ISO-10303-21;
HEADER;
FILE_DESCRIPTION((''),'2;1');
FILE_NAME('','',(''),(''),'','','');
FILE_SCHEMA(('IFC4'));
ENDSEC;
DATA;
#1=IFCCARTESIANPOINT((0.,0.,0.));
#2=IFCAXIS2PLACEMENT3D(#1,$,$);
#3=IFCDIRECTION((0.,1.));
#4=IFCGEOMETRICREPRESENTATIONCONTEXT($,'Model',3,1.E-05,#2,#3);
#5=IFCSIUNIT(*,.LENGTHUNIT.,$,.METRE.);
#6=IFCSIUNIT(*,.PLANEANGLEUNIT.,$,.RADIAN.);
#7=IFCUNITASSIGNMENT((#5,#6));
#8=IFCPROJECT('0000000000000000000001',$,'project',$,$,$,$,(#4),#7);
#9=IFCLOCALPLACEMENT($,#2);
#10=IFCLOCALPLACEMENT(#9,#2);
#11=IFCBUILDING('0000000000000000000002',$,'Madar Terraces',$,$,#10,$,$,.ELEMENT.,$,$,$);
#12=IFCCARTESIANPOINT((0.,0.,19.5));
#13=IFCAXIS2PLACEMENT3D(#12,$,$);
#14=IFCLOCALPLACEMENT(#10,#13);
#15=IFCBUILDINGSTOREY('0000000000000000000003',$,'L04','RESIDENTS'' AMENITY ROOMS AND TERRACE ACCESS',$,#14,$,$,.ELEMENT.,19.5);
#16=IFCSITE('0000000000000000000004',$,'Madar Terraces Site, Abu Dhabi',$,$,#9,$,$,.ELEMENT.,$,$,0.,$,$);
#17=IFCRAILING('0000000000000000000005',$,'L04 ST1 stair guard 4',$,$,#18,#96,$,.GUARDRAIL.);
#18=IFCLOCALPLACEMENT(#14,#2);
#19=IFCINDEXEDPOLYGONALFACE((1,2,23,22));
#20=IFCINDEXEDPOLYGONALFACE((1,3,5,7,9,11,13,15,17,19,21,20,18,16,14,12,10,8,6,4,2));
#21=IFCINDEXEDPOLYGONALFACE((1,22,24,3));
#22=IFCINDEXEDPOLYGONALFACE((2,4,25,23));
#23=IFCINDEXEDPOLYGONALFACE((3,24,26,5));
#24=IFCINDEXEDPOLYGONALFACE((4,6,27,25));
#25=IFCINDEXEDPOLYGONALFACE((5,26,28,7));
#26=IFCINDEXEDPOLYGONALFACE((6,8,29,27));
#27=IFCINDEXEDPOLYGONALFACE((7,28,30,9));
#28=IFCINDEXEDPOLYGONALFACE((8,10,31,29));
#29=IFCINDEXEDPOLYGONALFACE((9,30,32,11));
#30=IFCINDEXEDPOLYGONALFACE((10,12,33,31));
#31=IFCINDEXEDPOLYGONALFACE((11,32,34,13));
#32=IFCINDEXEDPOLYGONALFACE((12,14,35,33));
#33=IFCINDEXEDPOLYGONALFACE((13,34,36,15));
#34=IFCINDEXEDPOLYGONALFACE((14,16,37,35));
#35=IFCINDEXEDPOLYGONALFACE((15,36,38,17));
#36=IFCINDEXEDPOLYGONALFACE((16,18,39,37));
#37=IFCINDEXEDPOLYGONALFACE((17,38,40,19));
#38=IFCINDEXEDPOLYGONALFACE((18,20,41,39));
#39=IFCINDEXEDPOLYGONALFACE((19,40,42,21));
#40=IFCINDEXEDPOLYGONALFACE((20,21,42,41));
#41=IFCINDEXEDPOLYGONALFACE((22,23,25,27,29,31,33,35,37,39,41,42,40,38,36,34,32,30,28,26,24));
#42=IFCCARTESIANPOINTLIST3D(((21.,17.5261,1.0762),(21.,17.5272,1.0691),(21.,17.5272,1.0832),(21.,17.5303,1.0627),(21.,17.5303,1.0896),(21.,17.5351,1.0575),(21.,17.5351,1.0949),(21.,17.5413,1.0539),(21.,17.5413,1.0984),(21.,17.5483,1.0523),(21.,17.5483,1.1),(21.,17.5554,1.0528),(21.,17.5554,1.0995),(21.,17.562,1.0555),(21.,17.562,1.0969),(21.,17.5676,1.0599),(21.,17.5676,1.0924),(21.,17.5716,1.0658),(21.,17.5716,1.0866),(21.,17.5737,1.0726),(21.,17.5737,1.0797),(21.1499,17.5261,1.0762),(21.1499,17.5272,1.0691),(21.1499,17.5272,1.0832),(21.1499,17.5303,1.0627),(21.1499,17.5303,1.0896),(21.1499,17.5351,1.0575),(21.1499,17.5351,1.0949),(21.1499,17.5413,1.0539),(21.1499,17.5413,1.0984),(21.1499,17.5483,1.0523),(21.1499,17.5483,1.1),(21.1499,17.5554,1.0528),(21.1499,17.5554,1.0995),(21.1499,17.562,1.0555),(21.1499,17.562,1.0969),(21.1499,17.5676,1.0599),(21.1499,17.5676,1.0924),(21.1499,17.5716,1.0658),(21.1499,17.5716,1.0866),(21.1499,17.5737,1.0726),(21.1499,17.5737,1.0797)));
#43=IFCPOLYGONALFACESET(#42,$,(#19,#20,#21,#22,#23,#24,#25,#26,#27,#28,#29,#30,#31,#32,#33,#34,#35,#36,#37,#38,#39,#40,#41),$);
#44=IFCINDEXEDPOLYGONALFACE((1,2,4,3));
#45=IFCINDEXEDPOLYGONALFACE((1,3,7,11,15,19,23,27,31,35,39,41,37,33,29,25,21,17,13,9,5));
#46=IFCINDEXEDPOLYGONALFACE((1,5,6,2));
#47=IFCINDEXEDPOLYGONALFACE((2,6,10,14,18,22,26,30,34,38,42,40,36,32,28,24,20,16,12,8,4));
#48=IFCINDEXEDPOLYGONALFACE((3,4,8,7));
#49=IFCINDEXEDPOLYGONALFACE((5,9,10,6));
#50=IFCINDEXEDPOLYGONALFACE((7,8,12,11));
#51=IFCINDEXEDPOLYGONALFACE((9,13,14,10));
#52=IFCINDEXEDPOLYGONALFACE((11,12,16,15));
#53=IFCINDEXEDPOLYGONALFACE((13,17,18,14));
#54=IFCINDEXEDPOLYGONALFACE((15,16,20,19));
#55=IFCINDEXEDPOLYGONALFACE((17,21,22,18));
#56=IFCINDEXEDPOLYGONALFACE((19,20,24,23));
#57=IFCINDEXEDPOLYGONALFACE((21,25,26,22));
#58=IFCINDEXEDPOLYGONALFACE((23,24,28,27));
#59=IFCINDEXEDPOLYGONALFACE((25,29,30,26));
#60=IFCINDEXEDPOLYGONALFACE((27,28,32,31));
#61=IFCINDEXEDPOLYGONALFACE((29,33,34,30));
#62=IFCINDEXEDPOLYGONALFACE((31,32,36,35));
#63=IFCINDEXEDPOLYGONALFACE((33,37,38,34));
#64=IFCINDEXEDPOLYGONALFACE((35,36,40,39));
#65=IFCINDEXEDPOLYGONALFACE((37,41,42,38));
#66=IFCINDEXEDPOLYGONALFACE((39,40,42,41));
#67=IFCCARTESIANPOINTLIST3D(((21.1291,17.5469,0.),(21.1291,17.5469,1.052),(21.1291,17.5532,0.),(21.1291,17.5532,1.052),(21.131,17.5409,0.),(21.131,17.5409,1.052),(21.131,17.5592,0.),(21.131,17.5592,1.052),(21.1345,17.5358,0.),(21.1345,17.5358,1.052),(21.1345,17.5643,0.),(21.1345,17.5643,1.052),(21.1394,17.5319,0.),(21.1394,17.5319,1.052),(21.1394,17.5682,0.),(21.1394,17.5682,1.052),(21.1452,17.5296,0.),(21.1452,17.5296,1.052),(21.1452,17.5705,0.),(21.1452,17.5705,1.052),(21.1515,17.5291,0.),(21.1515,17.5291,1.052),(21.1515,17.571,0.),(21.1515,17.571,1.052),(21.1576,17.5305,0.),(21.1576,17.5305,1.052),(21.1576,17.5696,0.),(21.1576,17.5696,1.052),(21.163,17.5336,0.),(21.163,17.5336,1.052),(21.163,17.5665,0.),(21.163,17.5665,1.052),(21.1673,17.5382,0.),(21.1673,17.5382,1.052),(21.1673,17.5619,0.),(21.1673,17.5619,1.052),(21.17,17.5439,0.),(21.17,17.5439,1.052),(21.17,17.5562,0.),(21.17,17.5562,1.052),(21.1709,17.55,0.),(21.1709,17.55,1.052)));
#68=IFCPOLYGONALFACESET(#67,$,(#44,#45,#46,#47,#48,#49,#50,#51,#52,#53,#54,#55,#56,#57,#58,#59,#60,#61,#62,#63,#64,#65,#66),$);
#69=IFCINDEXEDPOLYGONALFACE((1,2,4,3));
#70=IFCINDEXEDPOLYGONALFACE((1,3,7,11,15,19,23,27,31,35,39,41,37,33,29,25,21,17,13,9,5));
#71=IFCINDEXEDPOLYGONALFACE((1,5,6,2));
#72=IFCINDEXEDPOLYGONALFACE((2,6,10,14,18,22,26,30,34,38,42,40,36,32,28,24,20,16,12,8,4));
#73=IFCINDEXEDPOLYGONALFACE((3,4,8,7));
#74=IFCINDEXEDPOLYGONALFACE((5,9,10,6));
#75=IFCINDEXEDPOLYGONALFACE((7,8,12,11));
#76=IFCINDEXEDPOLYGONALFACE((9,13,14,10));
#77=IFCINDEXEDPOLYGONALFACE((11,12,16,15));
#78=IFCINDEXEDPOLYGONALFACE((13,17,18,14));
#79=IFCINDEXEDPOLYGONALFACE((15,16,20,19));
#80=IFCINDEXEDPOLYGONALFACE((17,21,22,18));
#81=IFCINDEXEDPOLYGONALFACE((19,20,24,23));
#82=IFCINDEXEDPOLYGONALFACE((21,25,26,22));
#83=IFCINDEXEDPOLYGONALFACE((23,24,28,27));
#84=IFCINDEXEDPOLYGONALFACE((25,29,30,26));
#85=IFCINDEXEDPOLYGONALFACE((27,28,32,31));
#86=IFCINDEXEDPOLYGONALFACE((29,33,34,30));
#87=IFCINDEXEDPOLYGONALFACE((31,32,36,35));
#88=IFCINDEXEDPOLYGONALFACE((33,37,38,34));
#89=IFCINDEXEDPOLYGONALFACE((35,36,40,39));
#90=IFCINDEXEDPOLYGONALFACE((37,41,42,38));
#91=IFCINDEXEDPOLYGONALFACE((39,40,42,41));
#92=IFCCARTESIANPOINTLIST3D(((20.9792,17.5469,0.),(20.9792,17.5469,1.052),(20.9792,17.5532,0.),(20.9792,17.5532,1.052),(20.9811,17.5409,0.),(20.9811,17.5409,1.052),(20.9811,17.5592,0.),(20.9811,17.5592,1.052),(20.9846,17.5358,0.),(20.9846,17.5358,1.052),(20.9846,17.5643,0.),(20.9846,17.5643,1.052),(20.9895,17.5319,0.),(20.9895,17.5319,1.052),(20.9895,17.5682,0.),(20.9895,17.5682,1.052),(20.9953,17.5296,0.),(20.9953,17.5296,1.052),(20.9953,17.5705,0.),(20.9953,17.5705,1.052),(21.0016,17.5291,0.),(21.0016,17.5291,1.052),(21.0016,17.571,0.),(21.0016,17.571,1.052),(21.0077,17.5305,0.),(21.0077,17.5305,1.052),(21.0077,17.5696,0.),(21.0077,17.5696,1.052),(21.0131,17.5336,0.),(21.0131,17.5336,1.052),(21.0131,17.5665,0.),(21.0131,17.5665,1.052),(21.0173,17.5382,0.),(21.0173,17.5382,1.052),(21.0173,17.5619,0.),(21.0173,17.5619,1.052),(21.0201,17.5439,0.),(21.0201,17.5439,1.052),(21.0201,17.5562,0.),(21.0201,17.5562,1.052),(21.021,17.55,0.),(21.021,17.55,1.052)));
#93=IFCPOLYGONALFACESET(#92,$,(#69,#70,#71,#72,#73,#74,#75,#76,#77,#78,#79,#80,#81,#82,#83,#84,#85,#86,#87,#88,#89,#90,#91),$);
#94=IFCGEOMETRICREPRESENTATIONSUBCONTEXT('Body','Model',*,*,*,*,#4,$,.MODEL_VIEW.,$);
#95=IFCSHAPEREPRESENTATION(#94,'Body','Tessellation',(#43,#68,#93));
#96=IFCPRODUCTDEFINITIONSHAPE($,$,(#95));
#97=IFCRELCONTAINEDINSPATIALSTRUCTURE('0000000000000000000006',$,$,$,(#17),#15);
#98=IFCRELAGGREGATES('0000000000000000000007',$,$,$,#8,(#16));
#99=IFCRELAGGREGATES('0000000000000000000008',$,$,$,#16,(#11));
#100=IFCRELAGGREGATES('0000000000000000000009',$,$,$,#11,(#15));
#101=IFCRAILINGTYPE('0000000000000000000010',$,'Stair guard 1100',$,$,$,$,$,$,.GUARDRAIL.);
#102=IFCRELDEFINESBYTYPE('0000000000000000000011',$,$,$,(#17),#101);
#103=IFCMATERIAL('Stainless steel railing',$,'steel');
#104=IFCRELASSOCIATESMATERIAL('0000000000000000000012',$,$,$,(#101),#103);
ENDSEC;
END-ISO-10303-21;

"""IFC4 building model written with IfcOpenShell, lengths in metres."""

from ifc_helpers import new_model, si_unit, direction, frame, origin, origin_2d, place, context, subcontext, project, spatial, circle, extrude, material, type_object, element, save


model = new_model("IFC4")

# Units and contexts
model_context = context("Model", 3, precision=1e-05, world=origin(), true_north=direction((0.0, 1.0)))
body_context = subcontext(model_context, "Body", "Model", "MODEL_VIEW")
ifc_project = project(units=[si_unit("LENGTHUNIT", "METRE"), si_unit("PLANEANGLEUNIT", "RADIAN")], contexts=[model_context])

# Site, building, storey
site_placement = place(None, origin())
site = spatial("IfcSite", under=ifc_project, at=site_placement, Name="Madar Terraces Site, Abu Dhabi", CompositionType="ELEMENT", RefElevation=0.0)
building_placement = place(site_placement, origin())
building = spatial("IfcBuilding", under=site, at=building_placement, Name="Madar Terraces", CompositionType="ELEMENT")
storey_placement = place(building_placement, frame((0.0, 0.0, 19.5)))
storey = spatial("IfcBuildingStorey", under=building, at=storey_placement, Name="L04", Description="RESIDENTS' AMENITY ROOMS AND TERRACE ACCESS", CompositionType="ELEMENT", Elevation=19.5)

# Railing
ifc_material_1 = material(Name="Stainless steel railing", Category="steel")
railing_type_1 = type_object("IfcRailingType", Name="Stair guard 1100", PredefinedType="GUARDRAIL", material=ifc_material_1)
railing_1_placement = place(storey_placement, frame((21.1499, 17.55, 0.0)))
element("IfcRailing", 1, at=railing_1_placement, inside=storey, type_object=railing_type_1, Name="L04 ST1 stair guard 4", PredefinedType="GUARDRAIL", context=body_context, shape_type="SweptSolid", body=[
    extrude(circle(Radius=0.0239, at=origin_2d()), frame((0.0, 0.0, 1.0762), z_axis=(-1.0, 0.0, 0.0), x_axis=(0.0, -1.0, 0.0)), (0.0, 0.0, 1.0), 0.1499),
    extrude(circle(Radius=0.021, at=origin_2d()), origin(), (0.0, 0.0, 1.0), 1.052),
    extrude(circle(Radius=0.021, at=origin_2d()), frame((-0.1499, 0.0, 0.0)), (0.0, 0.0, 1.0), 1.052),
])

save(model, "model.ifc")
